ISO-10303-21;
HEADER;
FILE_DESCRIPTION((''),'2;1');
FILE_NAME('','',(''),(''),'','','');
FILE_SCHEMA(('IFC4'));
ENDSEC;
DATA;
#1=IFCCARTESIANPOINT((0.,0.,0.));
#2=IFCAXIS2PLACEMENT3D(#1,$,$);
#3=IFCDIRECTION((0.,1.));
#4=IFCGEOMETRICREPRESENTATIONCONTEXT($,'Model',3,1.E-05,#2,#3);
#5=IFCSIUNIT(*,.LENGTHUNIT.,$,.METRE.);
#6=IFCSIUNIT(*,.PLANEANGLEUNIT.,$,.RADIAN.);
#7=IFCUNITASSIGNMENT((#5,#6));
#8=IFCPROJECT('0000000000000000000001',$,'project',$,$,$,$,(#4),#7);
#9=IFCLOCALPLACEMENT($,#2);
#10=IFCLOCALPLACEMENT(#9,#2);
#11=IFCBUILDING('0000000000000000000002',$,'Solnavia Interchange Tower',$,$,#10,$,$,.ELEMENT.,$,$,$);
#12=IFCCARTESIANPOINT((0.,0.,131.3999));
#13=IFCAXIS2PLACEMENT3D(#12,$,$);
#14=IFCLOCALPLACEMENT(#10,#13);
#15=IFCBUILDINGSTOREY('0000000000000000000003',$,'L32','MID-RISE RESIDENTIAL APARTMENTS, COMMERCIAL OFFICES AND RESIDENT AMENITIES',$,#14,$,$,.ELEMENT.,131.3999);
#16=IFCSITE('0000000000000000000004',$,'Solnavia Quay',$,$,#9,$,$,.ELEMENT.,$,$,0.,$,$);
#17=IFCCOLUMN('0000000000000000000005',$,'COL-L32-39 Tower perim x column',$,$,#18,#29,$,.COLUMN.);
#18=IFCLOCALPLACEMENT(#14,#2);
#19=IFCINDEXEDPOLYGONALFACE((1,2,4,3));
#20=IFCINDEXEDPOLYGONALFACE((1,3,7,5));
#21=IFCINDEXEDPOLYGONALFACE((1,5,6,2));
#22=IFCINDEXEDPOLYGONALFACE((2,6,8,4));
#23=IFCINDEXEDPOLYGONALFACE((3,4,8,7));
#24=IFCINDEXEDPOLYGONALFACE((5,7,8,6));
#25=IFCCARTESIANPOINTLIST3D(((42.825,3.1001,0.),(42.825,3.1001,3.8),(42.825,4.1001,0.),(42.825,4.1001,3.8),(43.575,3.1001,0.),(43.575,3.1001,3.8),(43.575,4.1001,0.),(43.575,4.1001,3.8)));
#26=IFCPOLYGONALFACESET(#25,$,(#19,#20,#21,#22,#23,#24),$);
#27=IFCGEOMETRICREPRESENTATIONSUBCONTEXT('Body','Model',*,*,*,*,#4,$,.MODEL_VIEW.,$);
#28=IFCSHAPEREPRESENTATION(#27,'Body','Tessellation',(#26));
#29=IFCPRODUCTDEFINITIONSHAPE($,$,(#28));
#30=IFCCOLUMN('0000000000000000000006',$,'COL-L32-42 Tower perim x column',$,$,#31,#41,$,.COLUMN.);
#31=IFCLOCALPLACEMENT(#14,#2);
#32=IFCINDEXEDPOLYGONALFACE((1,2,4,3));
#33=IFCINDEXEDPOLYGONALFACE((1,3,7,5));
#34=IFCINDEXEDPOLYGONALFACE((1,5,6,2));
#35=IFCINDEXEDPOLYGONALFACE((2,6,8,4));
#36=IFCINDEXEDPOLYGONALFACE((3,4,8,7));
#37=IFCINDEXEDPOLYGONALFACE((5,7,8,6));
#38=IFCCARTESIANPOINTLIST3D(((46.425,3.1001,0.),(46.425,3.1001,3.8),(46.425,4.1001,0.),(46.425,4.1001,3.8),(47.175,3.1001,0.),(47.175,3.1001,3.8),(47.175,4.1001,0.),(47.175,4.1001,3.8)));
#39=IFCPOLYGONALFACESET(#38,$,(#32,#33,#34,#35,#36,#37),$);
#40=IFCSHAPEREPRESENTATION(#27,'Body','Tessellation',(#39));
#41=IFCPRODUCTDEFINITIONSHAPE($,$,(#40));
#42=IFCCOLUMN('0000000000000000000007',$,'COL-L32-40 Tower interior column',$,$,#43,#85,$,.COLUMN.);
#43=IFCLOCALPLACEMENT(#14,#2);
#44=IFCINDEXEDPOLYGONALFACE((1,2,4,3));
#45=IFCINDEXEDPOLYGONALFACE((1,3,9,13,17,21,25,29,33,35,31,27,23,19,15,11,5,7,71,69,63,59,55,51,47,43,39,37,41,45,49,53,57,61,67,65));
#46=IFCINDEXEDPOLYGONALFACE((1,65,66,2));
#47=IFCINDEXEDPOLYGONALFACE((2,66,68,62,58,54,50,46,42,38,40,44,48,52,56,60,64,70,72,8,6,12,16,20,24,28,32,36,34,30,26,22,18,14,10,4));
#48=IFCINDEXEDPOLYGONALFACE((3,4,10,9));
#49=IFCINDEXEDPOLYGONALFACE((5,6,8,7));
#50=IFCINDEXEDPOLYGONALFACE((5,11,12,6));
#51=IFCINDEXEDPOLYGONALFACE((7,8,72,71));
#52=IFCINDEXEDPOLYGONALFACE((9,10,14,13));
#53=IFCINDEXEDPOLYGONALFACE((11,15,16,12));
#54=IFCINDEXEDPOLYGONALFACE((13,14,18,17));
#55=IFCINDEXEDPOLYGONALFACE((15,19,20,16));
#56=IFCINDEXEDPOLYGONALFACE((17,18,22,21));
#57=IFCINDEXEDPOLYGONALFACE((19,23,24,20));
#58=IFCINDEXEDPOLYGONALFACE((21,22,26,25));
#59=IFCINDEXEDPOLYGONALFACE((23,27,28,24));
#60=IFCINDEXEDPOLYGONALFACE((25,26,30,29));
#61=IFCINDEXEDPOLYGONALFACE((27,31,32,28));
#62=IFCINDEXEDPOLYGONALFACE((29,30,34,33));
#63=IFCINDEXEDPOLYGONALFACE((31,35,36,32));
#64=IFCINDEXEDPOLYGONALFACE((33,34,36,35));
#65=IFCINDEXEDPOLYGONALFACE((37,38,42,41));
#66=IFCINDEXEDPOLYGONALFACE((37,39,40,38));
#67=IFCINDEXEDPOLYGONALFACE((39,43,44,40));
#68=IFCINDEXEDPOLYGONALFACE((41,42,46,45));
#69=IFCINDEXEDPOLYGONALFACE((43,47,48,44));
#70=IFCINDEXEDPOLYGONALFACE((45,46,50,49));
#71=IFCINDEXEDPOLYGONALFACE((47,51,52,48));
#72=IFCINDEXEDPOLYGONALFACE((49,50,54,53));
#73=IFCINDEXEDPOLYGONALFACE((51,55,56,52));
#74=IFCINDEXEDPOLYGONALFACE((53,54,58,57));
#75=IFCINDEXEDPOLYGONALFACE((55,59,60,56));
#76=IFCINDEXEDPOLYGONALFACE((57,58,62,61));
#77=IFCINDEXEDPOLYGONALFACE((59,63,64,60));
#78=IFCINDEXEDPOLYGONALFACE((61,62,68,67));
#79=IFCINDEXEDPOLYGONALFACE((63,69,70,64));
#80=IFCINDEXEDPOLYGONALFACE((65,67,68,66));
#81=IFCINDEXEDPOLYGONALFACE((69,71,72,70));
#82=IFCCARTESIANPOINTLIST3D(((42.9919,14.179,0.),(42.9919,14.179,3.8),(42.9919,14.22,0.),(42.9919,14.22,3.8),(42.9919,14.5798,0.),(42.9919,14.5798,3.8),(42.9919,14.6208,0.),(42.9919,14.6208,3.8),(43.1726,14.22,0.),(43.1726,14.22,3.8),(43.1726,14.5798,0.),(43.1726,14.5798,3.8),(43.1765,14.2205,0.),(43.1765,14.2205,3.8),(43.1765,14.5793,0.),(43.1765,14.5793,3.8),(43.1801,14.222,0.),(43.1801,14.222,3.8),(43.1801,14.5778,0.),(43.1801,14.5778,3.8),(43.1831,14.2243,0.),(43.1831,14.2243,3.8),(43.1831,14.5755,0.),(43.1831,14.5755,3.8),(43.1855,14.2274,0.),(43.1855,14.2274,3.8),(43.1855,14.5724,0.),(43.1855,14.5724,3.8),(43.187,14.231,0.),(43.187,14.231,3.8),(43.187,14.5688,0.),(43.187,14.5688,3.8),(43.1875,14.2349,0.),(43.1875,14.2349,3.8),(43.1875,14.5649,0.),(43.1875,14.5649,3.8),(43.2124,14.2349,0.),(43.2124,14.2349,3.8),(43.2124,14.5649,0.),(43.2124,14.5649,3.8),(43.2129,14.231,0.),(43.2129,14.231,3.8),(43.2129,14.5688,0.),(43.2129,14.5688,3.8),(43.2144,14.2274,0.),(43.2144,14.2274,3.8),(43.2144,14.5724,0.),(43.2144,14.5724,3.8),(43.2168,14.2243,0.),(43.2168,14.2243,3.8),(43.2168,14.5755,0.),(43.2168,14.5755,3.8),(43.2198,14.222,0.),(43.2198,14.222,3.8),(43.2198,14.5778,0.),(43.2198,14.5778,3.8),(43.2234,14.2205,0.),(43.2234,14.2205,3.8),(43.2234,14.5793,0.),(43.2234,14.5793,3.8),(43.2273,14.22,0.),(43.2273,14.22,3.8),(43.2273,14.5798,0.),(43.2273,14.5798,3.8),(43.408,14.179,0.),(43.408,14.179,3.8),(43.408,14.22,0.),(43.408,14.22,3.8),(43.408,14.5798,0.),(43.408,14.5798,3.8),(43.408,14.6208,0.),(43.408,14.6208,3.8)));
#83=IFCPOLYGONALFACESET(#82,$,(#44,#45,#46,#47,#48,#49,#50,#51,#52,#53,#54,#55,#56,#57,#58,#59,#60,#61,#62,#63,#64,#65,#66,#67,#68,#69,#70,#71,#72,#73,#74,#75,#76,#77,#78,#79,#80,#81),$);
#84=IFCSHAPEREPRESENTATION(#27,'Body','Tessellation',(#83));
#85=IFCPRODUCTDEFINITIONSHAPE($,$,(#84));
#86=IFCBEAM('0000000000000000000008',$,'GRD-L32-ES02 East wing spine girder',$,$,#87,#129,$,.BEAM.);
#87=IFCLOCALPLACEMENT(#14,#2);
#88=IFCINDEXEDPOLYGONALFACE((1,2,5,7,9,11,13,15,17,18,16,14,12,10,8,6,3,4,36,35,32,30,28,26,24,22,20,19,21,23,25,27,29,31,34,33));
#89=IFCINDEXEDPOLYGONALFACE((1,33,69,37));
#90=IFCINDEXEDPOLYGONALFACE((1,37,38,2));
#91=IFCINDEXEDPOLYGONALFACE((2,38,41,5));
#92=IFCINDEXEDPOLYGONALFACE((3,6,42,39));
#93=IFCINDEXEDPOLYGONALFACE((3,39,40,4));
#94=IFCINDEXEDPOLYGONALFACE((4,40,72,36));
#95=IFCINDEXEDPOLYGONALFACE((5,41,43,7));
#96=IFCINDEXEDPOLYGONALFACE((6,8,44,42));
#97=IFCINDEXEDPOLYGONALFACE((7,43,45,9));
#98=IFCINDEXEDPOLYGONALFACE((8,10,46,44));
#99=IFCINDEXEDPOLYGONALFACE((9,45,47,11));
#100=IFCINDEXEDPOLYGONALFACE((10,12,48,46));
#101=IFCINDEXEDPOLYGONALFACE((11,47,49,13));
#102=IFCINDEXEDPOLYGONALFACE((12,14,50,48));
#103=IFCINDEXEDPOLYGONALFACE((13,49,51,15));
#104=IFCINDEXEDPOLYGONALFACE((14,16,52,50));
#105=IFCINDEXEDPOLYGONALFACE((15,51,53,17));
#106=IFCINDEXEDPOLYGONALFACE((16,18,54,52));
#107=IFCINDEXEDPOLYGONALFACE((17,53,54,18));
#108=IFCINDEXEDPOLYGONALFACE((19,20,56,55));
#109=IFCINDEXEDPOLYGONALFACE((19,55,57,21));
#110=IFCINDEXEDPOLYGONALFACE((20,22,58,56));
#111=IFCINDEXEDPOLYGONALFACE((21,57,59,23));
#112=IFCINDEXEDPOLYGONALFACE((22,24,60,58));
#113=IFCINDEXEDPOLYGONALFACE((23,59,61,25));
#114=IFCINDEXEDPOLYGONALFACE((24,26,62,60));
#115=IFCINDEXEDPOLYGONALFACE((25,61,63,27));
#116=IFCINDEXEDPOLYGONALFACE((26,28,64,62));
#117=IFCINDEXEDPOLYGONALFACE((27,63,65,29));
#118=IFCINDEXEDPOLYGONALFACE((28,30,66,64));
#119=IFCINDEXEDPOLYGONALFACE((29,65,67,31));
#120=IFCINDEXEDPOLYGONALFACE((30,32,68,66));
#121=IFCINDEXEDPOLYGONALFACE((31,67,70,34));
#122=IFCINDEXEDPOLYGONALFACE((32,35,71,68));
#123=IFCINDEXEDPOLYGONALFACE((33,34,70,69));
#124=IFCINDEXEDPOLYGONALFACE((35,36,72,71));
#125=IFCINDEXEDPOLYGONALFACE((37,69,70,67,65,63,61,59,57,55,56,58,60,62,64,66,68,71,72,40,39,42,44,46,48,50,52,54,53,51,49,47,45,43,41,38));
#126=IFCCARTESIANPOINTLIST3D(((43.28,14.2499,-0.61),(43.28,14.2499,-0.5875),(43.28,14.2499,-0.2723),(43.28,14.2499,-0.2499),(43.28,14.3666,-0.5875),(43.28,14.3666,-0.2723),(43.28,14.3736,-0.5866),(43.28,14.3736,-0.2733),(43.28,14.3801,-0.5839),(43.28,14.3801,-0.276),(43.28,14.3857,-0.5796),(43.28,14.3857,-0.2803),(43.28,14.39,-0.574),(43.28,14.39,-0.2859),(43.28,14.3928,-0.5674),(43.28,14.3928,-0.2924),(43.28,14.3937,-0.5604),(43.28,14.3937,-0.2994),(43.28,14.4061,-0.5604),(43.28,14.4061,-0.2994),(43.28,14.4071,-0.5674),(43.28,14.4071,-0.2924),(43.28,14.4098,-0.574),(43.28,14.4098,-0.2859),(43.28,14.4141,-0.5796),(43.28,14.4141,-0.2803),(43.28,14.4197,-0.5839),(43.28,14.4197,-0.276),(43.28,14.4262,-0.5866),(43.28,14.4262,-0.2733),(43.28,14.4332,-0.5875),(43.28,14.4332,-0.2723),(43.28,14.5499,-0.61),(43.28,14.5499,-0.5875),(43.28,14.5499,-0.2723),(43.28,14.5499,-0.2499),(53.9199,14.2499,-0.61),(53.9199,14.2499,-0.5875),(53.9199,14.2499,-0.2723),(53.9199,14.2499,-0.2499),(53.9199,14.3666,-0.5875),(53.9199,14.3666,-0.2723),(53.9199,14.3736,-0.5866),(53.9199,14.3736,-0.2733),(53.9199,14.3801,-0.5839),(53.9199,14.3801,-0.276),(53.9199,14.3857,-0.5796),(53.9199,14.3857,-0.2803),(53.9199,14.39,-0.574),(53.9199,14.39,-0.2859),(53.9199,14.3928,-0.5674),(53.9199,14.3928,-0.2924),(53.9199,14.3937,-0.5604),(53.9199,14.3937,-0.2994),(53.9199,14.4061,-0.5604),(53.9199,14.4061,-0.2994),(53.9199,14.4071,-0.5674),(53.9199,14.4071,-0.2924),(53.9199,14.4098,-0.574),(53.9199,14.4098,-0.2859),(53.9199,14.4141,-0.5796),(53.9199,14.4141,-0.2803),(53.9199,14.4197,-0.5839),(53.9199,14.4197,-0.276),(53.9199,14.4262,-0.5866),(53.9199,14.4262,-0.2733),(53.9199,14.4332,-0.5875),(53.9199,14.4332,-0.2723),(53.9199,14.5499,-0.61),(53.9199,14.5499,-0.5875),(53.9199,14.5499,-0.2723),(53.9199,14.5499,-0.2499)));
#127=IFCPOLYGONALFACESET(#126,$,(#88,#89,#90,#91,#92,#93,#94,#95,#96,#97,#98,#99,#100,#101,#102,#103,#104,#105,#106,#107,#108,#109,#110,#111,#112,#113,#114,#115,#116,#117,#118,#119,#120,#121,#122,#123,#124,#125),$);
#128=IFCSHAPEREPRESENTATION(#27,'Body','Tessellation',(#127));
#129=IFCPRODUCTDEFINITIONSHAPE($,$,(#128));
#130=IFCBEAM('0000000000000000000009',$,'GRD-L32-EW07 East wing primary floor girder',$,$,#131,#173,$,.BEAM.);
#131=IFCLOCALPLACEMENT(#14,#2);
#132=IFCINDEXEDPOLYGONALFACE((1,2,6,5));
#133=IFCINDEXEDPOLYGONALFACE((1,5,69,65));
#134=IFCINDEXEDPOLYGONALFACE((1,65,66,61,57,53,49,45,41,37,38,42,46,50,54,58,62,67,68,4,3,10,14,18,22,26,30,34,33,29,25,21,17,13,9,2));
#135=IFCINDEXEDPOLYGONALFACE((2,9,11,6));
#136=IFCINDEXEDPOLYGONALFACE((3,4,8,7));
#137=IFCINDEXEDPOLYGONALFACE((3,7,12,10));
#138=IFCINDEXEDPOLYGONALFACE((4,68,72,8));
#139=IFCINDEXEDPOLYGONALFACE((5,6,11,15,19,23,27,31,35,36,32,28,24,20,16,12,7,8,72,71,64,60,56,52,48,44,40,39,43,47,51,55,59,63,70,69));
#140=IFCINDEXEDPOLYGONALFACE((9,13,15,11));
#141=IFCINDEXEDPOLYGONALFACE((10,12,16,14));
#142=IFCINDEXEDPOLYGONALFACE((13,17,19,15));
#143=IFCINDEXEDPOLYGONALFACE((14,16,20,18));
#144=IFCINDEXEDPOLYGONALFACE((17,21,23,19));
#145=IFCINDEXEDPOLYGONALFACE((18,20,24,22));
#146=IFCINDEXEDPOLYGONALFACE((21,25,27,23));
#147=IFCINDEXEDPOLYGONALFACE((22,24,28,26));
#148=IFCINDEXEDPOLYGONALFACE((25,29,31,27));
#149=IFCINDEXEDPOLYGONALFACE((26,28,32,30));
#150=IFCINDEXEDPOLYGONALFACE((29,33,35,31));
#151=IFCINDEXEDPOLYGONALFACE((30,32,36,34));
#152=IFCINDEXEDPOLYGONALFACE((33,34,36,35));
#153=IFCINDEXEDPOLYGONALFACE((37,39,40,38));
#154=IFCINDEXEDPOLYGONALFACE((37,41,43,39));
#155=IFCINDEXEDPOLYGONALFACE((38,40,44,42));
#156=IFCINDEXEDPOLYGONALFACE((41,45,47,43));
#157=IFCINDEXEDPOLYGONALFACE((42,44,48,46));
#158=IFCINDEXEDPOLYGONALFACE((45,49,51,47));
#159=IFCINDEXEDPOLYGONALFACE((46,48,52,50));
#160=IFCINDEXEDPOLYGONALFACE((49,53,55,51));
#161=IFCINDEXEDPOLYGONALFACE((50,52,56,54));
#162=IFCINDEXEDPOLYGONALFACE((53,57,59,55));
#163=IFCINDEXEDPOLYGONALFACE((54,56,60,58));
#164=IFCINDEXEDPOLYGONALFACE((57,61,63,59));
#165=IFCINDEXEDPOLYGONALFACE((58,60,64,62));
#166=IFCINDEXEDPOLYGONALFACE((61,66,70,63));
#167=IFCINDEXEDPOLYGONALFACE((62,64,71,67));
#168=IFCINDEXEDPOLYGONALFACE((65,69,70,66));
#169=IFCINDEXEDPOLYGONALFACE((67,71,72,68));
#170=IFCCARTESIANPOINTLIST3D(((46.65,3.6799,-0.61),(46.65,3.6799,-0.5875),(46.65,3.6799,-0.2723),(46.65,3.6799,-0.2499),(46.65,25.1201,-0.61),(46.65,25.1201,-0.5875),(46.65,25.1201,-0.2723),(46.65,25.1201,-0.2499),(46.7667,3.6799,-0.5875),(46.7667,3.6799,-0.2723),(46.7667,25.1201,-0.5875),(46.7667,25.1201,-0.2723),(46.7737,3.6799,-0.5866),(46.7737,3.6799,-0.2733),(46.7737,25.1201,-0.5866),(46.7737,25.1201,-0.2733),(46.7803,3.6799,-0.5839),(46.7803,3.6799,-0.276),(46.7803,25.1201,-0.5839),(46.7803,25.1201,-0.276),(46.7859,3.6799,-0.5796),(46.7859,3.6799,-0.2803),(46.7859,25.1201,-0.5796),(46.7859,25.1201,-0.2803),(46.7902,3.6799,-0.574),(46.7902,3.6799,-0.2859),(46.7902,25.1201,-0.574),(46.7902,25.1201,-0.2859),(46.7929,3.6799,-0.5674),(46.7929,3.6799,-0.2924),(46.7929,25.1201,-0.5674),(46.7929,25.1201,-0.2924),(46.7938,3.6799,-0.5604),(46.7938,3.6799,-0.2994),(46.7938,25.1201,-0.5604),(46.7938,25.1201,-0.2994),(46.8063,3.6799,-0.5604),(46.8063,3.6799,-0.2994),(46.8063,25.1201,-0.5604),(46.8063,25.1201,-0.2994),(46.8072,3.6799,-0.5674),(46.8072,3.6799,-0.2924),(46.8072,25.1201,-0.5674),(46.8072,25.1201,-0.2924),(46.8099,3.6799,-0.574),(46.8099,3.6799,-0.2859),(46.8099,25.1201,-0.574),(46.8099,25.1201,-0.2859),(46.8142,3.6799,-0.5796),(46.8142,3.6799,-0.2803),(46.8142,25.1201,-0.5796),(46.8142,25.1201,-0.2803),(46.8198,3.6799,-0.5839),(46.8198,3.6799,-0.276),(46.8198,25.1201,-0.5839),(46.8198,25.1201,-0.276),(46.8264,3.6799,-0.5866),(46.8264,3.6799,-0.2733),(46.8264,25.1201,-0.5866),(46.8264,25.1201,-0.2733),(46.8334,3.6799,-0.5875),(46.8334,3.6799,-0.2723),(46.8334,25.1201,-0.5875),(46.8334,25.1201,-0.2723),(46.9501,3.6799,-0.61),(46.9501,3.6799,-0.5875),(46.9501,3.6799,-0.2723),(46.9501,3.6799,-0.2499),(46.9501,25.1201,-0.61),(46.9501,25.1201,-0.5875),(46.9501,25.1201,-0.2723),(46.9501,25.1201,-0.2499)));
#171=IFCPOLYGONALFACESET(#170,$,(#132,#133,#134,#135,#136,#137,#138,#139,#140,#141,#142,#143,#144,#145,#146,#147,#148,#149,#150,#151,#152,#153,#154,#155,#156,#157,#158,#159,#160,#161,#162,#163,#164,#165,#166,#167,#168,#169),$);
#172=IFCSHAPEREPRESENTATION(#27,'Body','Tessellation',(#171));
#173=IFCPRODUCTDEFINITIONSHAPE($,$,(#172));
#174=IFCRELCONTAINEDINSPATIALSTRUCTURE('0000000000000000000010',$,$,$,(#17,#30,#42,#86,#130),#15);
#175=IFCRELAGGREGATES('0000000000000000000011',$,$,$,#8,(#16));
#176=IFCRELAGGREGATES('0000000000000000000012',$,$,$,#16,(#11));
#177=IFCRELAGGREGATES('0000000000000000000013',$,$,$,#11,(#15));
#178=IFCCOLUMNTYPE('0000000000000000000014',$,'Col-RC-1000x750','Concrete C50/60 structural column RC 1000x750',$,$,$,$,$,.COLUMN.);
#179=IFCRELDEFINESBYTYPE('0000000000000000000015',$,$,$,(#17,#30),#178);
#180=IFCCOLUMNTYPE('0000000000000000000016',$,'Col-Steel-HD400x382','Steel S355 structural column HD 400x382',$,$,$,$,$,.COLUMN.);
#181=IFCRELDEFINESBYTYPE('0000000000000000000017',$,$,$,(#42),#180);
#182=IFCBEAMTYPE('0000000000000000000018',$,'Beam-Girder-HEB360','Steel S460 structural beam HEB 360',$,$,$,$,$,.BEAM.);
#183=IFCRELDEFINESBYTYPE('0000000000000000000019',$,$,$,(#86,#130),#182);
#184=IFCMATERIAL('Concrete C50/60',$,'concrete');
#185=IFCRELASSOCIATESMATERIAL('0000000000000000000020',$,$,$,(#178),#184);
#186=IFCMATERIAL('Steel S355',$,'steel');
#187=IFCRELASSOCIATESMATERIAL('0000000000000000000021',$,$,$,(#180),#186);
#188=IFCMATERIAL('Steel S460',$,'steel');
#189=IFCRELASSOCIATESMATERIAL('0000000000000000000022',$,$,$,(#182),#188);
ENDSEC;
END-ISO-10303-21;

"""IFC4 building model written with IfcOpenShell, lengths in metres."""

from ifc_helpers import new_model, si_unit, direction, frame, origin, origin_2d, place, context, subcontext, project, spatial, rectangle, i_section, extrude, material, material_profile, profile_set, type_object, element, save


model = new_model("IFC4")

# Units and contexts
model_context = context("Model", 3, precision=1e-05, world=origin(), true_north=direction((0.0, 1.0)))
body_context = subcontext(model_context, "Body", "Model", "MODEL_VIEW")
ifc_project = project(units=[si_unit("LENGTHUNIT", "METRE"), si_unit("PLANEANGLEUNIT", "RADIAN")], contexts=[model_context])

# Site, building, storey
site_placement = place(None, origin())
site = spatial("IfcSite", under=ifc_project, at=site_placement, Name="Solnavia Quay", CompositionType="ELEMENT", RefElevation=0.0)
building_placement = place(site_placement, origin())
building = spatial("IfcBuilding", under=site, at=building_placement, Name="Solnavia Interchange Tower", CompositionType="ELEMENT")
storey_placement = place(building_placement, frame((0.0, 0.0, 131.3999)))
storey = spatial("IfcBuildingStorey", under=building, at=storey_placement, Name="L32", Description="MID-RISE RESIDENTIAL APARTMENTS, COMMERCIAL OFFICES AND RESIDENT AMENITIES", CompositionType="ELEMENT", Elevation=131.3999)

# Columns
ifc_material_1 = material(Name="Concrete C50/60", Category="concrete")
ifc_material_profile_1 = material_profile(ifc_material_1, rectangle(XDim=0.75, YDim=1.0, at=origin_2d()), Name="RC 1000x750")
ifc_profile_set_1 = profile_set([ifc_material_profile_1], Name="Concrete C50/60")
column_type_1 = type_object("IfcColumnType", Name="Col-RC-1000x750", Description="Concrete C50/60 structural column RC 1000x750", PredefinedType="COLUMN", material=ifc_profile_set_1)
for number, where, z_axis, x_axis, name in (
    (1, (43.2, 3.6001, 0.0), (0.0, 0.0, 1.0), (1.0, 0.0, 0.0), "COL-L32-39 Tower perim x column"),
    (2, (46.8, 3.6001, 0.0), (0.0, 0.0, 1.0), (1.0, 0.0, 0.0), "COL-L32-42 Tower perim x column"),
):
    element("IfcColumn", number, at=place(storey_placement, frame(where, z_axis=z_axis, x_axis=x_axis)), inside=storey, type_object=column_type_1, Name=name, PredefinedType="COLUMN", context=body_context, shape_type="SweptSolid", body=[
        extrude(rectangle(XDim=0.75, YDim=1.0, at=origin_2d()), origin(), (0.0, 0.0, 1.0), 3.8),
    ])
ifc_material_2 = material(Name="Steel S355", Category="steel")
ifc_material_profile_2 = material_profile(ifc_material_2, i_section(OverallWidth=0.416, OverallDepth=0.4419, WebThickness=0.0249, FlangeThickness=0.041, FilletRadius=0.0149, at=origin_2d()), Name="HD 400x382")
ifc_profile_set_2 = profile_set([ifc_material_profile_2], Name="Steel S355")
column_type_2 = type_object("IfcColumnType", Name="Col-Steel-HD400x382", Description="Steel S355 structural column HD 400x382", PredefinedType="COLUMN", material=ifc_profile_set_2)
column_placement = place(storey_placement, frame((43.2, 14.3999, 0.0), z_axis=(0.0, 0.0, 1.0), x_axis=(1.0, 0.0, 0.0)))
element("IfcColumn", 3, at=column_placement, inside=storey, type_object=column_type_2, Name="COL-L32-40 Tower interior column", PredefinedType="COLUMN", context=body_context, shape_type="SweptSolid", body=[
    extrude(i_section(OverallWidth=0.416, OverallDepth=0.4419, WebThickness=0.0249, FlangeThickness=0.041, FilletRadius=0.0149, at=origin_2d()), origin(), (0.0, 0.0, 1.0), 3.8),
])

# Beams
ifc_material_3 = material(Name="Steel S460", Category="steel")
ifc_material_profile_3 = material_profile(ifc_material_3, i_section(OverallWidth=0.3, OverallDepth=0.3601, WebThickness=0.0125, FlangeThickness=0.0225, FilletRadius=0.0271, at=origin_2d()), Name="HEB 360")
ifc_profile_set_3 = profile_set([ifc_material_profile_3], Name="Steel S460")
beam_type_1 = type_object("IfcBeamType", Name="Beam-Girder-HEB360", Description="Steel S460 structural beam HEB 360", PredefinedType="BEAM", material=ifc_profile_set_3)
beam_1_placement = place(storey_placement, frame((43.28, 14.3999, -0.4299), z_axis=(1.0, 0.0, 0.0), x_axis=(0.0, 1.0, 0.0)))
element("IfcBeam", 4, at=beam_1_placement, inside=storey, type_object=beam_type_1, Name="GRD-L32-ES02 East wing spine girder", PredefinedType="BEAM", context=body_context, shape_type="SweptSolid", body=[
    extrude(i_section(OverallWidth=0.3, OverallDepth=0.3601, WebThickness=0.0125, FlangeThickness=0.0225, FilletRadius=0.0271, at=origin_2d()), origin(), (0.0, 0.0, 1.0), 10.6399),
])
beam_2_placement = place(storey_placement, frame((46.8, 3.6799, -0.4299), z_axis=(0.0, 1.0, 0.0), x_axis=(-1.0, 0.0, 0.0)))
element("IfcBeam", 5, at=beam_2_placement, inside=storey, type_object=beam_type_1, Name="GRD-L32-EW07 East wing primary floor girder", PredefinedType="BEAM", context=body_context, shape_type="SweptSolid", body=[
    extrude(i_section(OverallWidth=0.3, OverallDepth=0.3601, WebThickness=0.0125, FlangeThickness=0.0225, FilletRadius=0.0271, at=origin_2d()), origin(), (0.0, 0.0, 1.0), 21.4402),
])

save(model, "model.ifc")
